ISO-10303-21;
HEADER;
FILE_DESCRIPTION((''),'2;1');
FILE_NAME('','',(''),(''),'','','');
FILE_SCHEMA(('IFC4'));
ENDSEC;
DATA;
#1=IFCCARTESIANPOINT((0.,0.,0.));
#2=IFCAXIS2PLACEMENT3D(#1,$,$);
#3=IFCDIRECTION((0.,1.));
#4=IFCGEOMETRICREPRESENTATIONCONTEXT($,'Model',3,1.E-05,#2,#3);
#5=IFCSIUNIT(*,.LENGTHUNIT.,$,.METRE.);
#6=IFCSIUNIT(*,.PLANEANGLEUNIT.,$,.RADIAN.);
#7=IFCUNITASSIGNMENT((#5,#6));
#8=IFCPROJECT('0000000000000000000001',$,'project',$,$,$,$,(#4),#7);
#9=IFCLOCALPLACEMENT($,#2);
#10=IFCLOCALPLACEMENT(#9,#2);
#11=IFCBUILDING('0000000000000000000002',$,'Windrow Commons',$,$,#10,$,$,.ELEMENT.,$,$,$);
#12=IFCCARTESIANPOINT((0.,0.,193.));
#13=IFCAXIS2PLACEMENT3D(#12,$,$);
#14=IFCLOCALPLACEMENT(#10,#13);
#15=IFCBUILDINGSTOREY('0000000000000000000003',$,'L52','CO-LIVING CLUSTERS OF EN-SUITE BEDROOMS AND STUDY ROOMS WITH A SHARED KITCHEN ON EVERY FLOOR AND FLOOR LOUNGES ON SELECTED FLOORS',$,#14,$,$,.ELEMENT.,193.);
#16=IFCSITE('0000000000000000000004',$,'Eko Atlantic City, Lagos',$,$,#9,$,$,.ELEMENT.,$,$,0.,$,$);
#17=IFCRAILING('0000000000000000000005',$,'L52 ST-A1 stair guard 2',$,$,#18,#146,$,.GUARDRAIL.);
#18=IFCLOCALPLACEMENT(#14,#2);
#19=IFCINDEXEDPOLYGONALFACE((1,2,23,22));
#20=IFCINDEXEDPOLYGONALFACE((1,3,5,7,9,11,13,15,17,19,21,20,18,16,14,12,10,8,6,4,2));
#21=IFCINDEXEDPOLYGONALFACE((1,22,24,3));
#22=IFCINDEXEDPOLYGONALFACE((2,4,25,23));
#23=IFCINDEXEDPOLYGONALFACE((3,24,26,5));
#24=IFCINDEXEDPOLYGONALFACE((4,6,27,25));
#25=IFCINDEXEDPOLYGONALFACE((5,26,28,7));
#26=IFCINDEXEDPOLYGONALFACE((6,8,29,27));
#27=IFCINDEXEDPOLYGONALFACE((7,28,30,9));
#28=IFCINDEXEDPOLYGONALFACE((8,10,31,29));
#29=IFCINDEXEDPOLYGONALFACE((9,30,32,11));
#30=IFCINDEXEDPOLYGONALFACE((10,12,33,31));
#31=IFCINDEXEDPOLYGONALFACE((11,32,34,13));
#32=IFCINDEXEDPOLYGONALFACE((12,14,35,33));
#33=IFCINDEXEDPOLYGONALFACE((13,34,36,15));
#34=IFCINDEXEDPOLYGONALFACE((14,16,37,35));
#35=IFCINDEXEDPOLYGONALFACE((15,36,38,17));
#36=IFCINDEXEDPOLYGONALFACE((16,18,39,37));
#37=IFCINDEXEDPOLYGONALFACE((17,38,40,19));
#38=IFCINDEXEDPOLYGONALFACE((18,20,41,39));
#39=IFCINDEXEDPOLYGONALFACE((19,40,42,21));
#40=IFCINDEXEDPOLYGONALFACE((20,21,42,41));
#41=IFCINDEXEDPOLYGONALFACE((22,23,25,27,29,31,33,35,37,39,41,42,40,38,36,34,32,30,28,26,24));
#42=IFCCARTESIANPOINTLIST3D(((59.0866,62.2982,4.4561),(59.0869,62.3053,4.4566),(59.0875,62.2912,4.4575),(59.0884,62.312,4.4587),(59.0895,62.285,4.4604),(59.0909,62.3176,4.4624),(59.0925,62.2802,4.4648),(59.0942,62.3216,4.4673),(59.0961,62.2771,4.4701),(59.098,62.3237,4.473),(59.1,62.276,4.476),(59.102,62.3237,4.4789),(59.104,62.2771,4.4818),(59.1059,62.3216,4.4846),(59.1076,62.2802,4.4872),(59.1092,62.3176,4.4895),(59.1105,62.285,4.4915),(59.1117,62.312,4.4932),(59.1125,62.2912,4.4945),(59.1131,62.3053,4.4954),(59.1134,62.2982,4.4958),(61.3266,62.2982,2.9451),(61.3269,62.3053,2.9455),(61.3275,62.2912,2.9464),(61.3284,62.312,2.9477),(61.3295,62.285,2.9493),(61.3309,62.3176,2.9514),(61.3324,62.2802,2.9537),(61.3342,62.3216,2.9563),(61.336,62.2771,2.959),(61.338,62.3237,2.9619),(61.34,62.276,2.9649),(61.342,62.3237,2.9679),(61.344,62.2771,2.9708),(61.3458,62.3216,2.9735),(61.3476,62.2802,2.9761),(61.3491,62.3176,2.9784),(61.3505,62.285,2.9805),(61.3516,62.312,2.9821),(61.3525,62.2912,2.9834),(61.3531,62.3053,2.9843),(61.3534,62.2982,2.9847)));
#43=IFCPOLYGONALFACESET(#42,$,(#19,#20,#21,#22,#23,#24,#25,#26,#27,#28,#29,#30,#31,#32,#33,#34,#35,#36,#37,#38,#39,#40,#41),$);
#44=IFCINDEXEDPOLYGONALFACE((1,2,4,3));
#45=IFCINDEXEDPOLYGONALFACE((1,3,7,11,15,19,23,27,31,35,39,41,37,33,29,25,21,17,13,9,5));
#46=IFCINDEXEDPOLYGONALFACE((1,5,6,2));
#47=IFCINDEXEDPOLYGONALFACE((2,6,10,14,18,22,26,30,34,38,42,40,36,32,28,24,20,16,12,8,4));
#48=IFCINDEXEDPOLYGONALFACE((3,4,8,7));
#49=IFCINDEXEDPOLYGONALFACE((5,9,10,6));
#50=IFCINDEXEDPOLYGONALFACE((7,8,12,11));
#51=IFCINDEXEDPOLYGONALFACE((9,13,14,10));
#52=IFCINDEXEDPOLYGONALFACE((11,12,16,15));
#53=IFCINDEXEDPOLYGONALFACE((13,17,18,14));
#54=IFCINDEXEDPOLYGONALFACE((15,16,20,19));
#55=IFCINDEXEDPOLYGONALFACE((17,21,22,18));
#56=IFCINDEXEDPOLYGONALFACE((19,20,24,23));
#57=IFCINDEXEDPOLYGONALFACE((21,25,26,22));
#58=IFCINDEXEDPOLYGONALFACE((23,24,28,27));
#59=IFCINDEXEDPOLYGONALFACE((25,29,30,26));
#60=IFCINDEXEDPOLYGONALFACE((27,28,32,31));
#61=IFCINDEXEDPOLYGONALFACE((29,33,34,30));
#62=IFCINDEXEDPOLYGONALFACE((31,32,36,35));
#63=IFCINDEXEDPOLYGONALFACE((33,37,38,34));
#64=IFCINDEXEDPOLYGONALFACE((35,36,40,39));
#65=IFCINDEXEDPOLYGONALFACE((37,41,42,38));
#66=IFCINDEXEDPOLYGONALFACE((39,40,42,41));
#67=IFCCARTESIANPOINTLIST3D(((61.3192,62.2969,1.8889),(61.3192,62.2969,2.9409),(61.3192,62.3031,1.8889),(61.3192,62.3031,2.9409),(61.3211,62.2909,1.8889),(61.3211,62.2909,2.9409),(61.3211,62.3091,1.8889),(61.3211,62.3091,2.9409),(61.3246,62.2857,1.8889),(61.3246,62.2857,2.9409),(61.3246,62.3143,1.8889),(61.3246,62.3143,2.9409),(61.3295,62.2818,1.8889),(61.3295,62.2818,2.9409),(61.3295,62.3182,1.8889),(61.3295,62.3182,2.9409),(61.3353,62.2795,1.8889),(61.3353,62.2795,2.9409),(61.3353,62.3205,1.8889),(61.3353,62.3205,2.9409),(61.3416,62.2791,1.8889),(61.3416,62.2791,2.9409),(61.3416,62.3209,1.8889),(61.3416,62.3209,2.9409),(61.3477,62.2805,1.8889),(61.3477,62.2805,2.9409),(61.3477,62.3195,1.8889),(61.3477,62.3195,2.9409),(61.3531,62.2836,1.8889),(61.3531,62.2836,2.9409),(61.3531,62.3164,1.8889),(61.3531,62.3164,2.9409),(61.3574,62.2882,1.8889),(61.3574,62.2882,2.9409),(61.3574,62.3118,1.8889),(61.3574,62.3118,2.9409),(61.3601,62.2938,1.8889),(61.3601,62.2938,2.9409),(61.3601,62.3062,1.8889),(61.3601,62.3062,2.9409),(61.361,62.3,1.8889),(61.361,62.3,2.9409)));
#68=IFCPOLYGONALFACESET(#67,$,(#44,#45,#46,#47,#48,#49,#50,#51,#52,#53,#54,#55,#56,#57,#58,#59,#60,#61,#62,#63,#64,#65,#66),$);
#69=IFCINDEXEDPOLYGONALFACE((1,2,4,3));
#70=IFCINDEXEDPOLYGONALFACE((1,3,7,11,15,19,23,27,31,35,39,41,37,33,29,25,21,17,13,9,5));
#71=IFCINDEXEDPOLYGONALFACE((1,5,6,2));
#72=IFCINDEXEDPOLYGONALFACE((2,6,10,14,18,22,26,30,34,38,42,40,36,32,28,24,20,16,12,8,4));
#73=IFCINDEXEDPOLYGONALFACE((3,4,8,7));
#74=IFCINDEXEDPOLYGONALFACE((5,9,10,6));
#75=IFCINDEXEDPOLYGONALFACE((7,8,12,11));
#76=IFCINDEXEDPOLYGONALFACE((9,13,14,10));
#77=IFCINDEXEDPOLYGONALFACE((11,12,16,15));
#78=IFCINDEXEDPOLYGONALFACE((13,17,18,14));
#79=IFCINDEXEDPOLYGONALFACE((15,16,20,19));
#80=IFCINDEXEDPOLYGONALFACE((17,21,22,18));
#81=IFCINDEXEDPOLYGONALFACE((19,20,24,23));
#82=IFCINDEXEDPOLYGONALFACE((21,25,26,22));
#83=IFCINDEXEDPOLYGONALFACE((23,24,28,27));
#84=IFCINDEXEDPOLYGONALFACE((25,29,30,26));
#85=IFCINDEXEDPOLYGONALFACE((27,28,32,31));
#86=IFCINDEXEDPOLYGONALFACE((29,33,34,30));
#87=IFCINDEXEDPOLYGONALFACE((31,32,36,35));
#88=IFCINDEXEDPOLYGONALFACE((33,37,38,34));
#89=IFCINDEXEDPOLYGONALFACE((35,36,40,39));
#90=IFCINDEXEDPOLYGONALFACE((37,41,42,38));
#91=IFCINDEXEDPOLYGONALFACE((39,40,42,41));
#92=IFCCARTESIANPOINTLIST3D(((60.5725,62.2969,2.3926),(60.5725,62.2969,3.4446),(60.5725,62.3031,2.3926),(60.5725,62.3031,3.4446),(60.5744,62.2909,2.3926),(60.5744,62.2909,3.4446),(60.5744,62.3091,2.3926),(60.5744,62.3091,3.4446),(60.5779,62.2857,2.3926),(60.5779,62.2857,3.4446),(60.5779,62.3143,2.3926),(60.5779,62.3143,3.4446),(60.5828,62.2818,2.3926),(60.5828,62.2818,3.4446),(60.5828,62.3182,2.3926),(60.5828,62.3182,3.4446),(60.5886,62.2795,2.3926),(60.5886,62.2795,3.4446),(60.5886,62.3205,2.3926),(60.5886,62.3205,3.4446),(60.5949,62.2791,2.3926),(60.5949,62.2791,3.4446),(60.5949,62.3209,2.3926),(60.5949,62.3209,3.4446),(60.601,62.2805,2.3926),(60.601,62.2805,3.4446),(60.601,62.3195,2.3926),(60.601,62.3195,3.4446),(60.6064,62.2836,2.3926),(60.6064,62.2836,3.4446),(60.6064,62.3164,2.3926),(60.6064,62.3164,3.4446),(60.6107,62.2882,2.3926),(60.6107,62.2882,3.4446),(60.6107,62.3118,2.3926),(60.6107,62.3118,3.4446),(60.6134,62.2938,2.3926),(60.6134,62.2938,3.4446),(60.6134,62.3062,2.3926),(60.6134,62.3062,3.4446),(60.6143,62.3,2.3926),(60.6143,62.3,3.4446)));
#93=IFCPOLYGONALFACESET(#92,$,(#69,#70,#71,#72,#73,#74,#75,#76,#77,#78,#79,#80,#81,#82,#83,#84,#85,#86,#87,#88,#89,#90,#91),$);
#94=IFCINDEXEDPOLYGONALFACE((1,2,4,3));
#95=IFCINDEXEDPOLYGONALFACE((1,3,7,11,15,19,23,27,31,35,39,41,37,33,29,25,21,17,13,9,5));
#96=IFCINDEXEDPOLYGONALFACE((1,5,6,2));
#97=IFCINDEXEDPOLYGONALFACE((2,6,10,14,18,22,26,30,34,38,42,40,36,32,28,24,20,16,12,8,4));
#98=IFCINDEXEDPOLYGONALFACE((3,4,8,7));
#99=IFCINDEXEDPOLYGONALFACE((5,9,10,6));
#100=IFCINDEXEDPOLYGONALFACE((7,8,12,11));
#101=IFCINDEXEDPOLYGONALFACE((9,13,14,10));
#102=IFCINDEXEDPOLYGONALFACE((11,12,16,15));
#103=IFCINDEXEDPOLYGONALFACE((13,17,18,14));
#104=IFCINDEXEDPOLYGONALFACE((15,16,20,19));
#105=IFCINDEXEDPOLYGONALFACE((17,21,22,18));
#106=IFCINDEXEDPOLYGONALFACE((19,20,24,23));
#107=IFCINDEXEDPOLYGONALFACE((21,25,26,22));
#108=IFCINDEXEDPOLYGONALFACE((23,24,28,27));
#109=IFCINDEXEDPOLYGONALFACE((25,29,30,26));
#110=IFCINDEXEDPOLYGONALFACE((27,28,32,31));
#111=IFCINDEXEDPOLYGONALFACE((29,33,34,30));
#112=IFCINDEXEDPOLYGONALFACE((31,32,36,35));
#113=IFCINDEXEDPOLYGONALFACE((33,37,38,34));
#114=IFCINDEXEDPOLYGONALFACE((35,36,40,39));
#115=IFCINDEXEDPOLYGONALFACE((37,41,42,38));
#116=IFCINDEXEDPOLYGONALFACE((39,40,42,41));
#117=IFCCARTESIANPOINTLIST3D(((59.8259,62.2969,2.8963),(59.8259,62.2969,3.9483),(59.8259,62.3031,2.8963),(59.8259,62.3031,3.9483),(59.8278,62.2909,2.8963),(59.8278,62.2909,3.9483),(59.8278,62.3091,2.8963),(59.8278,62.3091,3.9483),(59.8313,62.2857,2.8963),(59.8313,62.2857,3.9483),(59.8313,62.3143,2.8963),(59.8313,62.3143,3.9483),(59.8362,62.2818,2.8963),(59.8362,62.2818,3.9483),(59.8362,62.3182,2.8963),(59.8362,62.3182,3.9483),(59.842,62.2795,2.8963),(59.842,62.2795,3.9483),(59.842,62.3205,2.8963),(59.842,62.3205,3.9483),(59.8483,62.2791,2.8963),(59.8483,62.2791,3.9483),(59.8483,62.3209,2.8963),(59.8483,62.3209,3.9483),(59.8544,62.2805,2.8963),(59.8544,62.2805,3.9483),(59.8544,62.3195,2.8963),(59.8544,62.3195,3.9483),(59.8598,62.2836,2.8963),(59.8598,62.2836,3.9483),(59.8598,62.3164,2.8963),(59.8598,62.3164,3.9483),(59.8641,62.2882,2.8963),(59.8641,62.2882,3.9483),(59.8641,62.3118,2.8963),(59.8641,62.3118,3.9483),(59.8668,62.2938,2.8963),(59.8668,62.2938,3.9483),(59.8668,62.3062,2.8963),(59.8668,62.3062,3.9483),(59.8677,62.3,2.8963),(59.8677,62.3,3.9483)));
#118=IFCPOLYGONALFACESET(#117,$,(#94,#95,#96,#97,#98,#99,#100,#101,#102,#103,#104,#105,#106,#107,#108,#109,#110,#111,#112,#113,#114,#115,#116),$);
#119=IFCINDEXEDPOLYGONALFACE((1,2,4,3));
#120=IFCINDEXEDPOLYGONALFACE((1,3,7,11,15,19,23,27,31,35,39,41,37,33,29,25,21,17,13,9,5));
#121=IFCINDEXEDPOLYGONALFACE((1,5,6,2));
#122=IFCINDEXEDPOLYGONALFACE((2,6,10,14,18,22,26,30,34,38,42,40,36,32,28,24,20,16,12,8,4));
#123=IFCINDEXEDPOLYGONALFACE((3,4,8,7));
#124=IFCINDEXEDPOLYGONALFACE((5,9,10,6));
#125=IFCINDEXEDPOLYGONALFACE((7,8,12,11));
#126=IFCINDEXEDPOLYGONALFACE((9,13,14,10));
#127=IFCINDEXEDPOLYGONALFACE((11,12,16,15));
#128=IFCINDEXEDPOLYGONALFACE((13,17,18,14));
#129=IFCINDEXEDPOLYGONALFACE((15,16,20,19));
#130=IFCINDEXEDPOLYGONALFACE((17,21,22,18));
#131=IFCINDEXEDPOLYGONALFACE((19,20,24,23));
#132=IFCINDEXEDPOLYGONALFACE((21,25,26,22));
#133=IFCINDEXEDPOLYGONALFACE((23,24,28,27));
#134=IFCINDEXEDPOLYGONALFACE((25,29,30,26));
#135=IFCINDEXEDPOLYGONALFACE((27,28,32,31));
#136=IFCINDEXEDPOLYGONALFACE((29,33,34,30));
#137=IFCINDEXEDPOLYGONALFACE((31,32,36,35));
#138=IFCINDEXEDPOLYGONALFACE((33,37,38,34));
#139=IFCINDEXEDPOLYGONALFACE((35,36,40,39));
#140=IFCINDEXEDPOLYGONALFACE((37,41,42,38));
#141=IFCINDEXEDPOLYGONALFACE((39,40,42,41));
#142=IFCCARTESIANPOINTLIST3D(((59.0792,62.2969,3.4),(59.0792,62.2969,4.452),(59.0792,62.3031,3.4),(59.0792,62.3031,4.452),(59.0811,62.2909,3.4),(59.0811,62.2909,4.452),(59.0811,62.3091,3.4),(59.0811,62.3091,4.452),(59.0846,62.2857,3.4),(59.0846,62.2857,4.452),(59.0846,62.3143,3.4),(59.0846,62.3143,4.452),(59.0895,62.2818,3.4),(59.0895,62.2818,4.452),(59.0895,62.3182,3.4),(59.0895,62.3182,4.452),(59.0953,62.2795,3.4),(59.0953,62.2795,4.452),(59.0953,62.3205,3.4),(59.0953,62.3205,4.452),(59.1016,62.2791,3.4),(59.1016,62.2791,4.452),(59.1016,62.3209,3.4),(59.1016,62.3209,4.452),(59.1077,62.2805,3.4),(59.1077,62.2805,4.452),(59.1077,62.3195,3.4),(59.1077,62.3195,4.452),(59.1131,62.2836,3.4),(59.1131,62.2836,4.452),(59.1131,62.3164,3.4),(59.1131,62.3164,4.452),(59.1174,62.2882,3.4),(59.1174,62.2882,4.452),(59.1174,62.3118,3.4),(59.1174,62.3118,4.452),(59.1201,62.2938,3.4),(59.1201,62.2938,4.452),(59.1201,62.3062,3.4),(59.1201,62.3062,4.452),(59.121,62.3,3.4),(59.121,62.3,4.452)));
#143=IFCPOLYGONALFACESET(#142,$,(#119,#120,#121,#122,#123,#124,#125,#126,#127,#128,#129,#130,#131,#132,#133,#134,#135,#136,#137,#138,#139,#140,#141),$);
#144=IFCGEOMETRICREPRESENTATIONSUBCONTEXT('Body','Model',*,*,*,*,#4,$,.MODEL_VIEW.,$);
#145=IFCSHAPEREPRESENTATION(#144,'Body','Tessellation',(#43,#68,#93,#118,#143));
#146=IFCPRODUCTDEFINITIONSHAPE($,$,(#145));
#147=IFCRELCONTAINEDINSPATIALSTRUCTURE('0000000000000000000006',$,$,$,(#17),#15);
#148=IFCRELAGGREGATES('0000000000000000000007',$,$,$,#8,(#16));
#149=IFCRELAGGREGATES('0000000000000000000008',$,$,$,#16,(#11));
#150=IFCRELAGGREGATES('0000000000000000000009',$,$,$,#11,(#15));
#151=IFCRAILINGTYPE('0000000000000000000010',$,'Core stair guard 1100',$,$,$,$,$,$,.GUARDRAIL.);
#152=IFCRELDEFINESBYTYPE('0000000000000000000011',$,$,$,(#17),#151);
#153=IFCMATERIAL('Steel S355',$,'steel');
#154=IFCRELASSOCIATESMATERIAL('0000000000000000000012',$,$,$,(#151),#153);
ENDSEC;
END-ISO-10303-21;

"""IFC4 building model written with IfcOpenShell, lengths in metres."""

from ifc_helpers import new_model, si_unit, direction, frame, origin, origin_2d, place, context, subcontext, project, spatial, circle, extrude, material, type_object, element, save


model = new_model("IFC4")

# Units and contexts
model_context = context("Model", 3, precision=1e-05, world=origin(), true_north=direction((0.0, 1.0)))
body_context = subcontext(model_context, "Body", "Model", "MODEL_VIEW")
ifc_project = project(units=[si_unit("LENGTHUNIT", "METRE"), si_unit("PLANEANGLEUNIT", "RADIAN")], contexts=[model_context])

# Site, building, storey
site_placement = place(None, origin())
site = spatial("IfcSite", under=ifc_project, at=site_placement, Name="Eko Atlantic City, Lagos", CompositionType="ELEMENT", RefElevation=0.0)
building_placement = place(site_placement, origin())
building = spatial("IfcBuilding", under=site, at=building_placement, Name="Windrow Commons", CompositionType="ELEMENT")
storey_placement = place(building_placement, frame((0.0, 0.0, 193.0)))
storey = spatial("IfcBuildingStorey", under=building, at=storey_placement, Name="L52", Description="CO-LIVING CLUSTERS OF EN-SUITE BEDROOMS AND STUDY ROOMS WITH A SHARED KITCHEN ON EVERY FLOOR AND FLOOR LOUNGES ON SELECTED FLOORS", CompositionType="ELEMENT", Elevation=193.0)

# Railing
ifc_material_1 = material(Name="Steel S355", Category="steel")
railing_type_1 = type_object("IfcRailingType", Name="Core stair guard 1100", PredefinedType="GUARDRAIL", material=ifc_material_1)
railing_1_placement = place(storey_placement, frame((61.34, 62.3, 1.8889)))
element("IfcRailing", 1, at=railing_1_placement, inside=storey, type_object=railing_type_1, Name="L52 ST-A1 stair guard 2", PredefinedType="GUARDRAIL", context=body_context, shape_type="SweptSolid", body=[
    extrude(circle(Radius=0.024, at=origin_2d()), frame((0.0, 0.0, 1.076), z_axis=(-0.829003, 0.0, 0.559244), x_axis=(0.0, -1.0, 0.0)), (0.0, 0.0, 1.0), 2.702),
    extrude(circle(Radius=0.021, at=origin_2d()), origin(), (0.0, 0.0, 1.0), 1.052),
    extrude(circle(Radius=0.021, at=origin_2d()), frame((-0.7467, 0.0, 0.5037)), (0.0, 0.0, 1.0), 1.052),
    extrude(circle(Radius=0.021, at=origin_2d()), frame((-1.4933, 0.0, 1.0074)), (0.0, 0.0, 1.0), 1.052),
    extrude(circle(Radius=0.021, at=origin_2d()), frame((-2.24, 0.0, 1.5111)), (0.0, 0.0, 1.0), 1.052),
])

save(model, "model.ifc")
